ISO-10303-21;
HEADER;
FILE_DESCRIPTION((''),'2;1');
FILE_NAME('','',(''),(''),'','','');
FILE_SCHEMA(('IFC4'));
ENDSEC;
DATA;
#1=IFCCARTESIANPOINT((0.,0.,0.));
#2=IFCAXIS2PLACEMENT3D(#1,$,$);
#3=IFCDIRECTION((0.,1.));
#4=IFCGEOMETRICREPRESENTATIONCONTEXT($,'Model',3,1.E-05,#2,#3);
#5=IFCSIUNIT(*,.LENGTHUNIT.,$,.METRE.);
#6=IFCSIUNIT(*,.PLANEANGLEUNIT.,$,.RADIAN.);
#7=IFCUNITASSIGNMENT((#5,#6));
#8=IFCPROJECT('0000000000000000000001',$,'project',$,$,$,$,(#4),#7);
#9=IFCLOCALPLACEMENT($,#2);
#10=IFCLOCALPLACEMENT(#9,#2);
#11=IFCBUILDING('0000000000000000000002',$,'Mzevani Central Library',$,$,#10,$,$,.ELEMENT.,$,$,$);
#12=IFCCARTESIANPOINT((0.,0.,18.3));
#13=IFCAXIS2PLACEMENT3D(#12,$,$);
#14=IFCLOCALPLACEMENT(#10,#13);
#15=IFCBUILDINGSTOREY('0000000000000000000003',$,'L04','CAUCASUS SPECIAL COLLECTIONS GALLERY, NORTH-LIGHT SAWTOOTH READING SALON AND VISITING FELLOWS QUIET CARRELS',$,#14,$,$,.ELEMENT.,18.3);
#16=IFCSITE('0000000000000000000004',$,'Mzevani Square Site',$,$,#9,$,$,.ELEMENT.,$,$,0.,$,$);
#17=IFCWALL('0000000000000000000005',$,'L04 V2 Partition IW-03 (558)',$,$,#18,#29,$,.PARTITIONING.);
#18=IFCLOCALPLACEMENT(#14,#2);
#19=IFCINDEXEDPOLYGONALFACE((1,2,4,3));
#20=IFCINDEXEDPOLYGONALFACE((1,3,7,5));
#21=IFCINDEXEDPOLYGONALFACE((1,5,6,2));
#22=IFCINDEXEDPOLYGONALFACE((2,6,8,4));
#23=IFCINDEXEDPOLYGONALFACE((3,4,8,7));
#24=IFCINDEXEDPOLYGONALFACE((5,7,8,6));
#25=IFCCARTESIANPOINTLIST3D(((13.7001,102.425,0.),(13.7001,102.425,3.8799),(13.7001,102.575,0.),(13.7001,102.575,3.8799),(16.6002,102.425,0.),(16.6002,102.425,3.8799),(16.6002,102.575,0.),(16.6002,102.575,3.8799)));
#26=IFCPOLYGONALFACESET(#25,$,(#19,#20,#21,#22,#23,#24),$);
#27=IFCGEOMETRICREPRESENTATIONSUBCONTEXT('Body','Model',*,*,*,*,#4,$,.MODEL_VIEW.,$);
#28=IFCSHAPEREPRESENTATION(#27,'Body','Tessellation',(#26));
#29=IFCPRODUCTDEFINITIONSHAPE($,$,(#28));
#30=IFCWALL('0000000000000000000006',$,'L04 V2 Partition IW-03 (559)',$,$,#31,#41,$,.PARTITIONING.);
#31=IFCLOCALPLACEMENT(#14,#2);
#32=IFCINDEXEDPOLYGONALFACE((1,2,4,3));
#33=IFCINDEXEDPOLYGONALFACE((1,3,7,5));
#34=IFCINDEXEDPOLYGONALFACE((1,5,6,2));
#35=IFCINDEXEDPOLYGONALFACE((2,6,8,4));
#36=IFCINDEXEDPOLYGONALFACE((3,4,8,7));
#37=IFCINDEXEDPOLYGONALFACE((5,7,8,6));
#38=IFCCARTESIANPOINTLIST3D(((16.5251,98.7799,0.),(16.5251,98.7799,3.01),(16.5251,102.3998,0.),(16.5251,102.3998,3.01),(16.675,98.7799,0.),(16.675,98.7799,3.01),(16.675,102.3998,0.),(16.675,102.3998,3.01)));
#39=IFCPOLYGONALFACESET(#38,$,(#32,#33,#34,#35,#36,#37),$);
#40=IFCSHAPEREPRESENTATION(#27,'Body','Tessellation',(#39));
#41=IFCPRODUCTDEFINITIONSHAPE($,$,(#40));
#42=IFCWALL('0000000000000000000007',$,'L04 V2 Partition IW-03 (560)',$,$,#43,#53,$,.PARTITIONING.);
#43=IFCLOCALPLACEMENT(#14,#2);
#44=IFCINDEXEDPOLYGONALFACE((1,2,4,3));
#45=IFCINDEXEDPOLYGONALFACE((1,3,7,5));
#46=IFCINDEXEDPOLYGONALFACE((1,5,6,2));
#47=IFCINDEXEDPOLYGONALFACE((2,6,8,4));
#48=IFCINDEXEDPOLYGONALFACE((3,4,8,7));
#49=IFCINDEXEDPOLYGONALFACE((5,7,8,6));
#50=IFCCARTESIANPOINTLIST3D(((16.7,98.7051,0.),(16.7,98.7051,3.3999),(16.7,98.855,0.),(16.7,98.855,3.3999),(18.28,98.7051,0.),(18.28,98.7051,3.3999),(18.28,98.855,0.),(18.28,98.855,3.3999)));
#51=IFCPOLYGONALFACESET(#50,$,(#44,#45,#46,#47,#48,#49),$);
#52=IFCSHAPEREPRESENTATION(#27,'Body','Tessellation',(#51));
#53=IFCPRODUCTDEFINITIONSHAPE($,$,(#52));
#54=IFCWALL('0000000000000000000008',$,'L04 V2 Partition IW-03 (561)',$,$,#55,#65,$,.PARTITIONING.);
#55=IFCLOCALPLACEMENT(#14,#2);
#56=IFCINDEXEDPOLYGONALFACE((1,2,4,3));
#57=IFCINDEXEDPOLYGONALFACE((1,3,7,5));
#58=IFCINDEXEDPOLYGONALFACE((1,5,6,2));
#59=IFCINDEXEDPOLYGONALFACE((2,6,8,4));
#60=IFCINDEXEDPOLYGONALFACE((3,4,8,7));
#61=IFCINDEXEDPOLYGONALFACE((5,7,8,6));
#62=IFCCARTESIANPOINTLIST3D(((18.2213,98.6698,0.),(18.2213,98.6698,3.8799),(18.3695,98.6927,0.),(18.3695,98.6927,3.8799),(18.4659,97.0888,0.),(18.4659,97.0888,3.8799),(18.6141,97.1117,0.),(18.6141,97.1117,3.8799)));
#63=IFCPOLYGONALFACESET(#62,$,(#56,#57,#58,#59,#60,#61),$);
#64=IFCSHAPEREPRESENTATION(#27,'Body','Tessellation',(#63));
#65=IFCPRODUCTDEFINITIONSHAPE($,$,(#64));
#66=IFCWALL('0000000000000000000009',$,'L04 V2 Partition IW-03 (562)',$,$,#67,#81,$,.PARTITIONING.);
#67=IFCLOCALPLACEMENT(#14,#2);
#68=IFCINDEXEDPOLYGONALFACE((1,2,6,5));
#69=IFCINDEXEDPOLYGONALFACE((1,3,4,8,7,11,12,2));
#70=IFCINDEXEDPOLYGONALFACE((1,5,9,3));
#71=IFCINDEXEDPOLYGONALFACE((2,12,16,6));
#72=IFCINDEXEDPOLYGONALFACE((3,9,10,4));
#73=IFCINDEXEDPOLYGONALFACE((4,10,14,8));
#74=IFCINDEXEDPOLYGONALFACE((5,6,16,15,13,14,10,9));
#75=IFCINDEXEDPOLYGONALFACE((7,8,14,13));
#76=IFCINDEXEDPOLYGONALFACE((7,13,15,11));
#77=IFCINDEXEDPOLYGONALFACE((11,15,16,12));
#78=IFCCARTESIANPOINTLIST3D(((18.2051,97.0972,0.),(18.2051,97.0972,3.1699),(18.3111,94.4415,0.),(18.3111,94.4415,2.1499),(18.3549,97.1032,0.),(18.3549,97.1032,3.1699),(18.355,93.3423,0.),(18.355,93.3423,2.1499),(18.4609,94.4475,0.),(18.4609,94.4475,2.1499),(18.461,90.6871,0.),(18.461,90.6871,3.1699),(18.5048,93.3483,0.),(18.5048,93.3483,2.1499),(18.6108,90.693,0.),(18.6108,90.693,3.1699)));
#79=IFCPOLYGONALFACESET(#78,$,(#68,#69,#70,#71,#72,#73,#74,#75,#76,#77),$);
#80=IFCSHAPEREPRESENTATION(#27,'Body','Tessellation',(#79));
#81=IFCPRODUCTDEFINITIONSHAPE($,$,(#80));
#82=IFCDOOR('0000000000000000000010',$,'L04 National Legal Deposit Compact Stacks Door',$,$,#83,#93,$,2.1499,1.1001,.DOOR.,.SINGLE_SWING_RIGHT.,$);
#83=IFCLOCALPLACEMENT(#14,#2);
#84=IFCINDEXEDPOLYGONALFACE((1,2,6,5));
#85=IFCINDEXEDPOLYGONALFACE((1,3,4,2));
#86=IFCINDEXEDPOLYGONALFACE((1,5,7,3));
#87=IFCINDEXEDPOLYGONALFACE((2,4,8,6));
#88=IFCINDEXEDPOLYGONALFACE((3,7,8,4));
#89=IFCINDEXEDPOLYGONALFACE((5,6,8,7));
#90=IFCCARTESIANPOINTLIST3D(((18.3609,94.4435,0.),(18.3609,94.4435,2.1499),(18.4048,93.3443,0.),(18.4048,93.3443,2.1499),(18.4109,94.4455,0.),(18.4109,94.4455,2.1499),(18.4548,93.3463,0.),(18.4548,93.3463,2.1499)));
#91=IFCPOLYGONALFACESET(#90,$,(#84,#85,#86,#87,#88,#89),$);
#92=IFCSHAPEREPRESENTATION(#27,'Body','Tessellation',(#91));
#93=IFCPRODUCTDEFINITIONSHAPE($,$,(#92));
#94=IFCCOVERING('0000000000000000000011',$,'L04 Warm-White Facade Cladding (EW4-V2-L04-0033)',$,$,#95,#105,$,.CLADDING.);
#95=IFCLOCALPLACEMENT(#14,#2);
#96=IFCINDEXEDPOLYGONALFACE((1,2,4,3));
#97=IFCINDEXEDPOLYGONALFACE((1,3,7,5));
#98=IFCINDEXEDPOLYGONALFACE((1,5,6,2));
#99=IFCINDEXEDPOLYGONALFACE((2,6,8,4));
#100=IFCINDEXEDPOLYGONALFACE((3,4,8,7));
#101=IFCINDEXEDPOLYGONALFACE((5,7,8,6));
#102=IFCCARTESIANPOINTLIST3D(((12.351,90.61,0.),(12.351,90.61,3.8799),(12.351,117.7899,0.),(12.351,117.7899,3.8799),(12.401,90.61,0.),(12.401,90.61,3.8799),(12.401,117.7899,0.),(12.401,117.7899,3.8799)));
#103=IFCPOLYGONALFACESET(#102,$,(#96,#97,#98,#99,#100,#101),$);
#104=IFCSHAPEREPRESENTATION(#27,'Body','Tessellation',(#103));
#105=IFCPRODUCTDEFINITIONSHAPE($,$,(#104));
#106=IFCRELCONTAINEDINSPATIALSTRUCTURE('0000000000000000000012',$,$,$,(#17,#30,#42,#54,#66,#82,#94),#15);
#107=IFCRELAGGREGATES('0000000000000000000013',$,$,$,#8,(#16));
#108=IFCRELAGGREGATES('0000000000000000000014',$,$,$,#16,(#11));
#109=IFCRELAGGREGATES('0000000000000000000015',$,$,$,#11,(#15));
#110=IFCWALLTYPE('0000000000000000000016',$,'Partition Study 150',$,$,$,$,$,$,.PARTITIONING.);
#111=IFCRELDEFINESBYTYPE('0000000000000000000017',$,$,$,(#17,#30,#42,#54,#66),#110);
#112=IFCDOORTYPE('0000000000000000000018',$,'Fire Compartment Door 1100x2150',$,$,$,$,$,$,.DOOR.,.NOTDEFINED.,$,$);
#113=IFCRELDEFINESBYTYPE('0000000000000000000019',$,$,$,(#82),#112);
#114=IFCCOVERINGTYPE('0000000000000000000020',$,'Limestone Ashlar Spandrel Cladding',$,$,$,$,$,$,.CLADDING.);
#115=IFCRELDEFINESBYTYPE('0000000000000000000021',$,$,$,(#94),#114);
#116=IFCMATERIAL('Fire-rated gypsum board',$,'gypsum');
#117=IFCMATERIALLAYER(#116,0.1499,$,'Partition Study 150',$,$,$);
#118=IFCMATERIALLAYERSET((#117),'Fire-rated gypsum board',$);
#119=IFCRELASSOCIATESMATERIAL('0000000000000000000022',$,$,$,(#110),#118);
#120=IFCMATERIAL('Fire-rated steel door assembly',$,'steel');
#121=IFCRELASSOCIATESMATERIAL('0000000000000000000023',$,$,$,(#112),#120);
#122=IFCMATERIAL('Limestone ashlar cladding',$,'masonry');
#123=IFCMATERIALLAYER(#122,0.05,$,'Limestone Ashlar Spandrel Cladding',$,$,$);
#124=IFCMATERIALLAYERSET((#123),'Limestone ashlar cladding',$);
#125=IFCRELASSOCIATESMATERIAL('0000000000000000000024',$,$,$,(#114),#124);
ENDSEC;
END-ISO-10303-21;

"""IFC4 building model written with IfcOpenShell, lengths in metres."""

from ifc_helpers import new_model, si_unit, direction, frame, frame_2d, origin, origin_2d, place, context, subcontext, project, spatial, rectangle, extrude, material, layer, layer_set, type_object, element, fill, save


model = new_model("IFC4")

# Units and contexts
model_context = context("Model", 3, precision=1e-05, world=origin(), true_north=direction((0.0, 1.0)))
body_context = subcontext(model_context, "Body", "Model", "MODEL_VIEW")
ifc_project = project(units=[si_unit("LENGTHUNIT", "METRE"), si_unit("PLANEANGLEUNIT", "RADIAN")], contexts=[model_context])

# Site, building, storey
site_placement = place(None, origin())
site = spatial("IfcSite", under=ifc_project, at=site_placement, Name="Mzevani Square Site", CompositionType="ELEMENT", RefElevation=0.0)
building_placement = place(site_placement, origin())
building = spatial("IfcBuilding", under=site, at=building_placement, Name="Mzevani Central Library", CompositionType="ELEMENT")
storey_placement = place(building_placement, frame((0.0, 0.0, 18.3)))
storey = spatial("IfcBuildingStorey", under=building, at=storey_placement, Name="L04", Description="CAUCASUS SPECIAL COLLECTIONS GALLERY, NORTH-LIGHT SAWTOOTH READING SALON AND VISITING FELLOWS QUIET CARRELS", CompositionType="ELEMENT", Elevation=18.3)

# Shared definitions
ifc_material_1 = material(Name="Fire-rated steel door assembly", Category="steel")

# Shared definitions
ifc_material_2 = material(Name="Fire-rated gypsum board", Category="gypsum")

# Walls
ifc_layer_1 = layer(ifc_material_2, 0.1499, Name="Partition Study 150")
ifc_layer_set_1 = layer_set([ifc_layer_1], Name="Fire-rated gypsum board")
wall_type_1 = type_object("IfcWallType", Name="Partition Study 150", PredefinedType="PARTITIONING", material=ifc_layer_set_1)
wall_1_placement = place(storey_placement, frame((13.7, 102.5, 0.0), z_axis=(0.0, 0.0, 1.0), x_axis=(1.0, 0.0, 0.0)))
element("IfcWall", 1, at=wall_1_placement, inside=storey, type_object=wall_type_1, Name="L04 V2 Partition IW-03 (558)", PredefinedType="PARTITIONING", context=body_context, shape_type="SweptSolid", body=[
    extrude(rectangle(XDim=2.9001, YDim=0.1499, at=frame_2d((1.4502, 0.0))), origin(), (0.0, 0.0, 1.0), 3.8799),
])
wall_2_placement = place(storey_placement, frame((16.6001, 102.3999, 0.0), z_axis=(0.0, 0.0, 1.0), x_axis=(0.0, -1.0, 0.0)))
element("IfcWall", 2, at=wall_2_placement, inside=storey, type_object=wall_type_1, Name="L04 V2 Partition IW-03 (559)", PredefinedType="PARTITIONING", context=body_context, shape_type="SweptSolid", body=[
    extrude(rectangle(XDim=3.6199, YDim=0.1499, at=frame_2d((1.8101, 0.0))), origin(), (0.0, 0.0, 1.0), 3.01),
])
wall_3_placement = place(storey_placement, frame((16.7, 98.78, 0.0), z_axis=(0.0, 0.0, 1.0), x_axis=(1.0, 0.0, 0.0)))
element("IfcWall", 3, at=wall_3_placement, inside=storey, type_object=wall_type_1, Name="L04 V2 Partition IW-03 (560)", PredefinedType="PARTITIONING", context=body_context, shape_type="SweptSolid", body=[
    extrude(rectangle(XDim=1.5801, YDim=0.1499, at=frame_2d((0.79, 0.0))), origin(), (0.0, 0.0, 1.0), 3.3999),
])
wall_4_placement = place(storey_placement, frame((18.2954, 98.6812, 0.0), z_axis=(0.0, 0.0, 1.0), x_axis=(0.152906, -0.988241, 0.0)))
element("IfcWall", 4, at=wall_4_placement, inside=storey, type_object=wall_type_1, Name="L04 V2 Partition IW-03 (561)", PredefinedType="PARTITIONING", context=body_context, shape_type="SweptSolid", body=[
    extrude(rectangle(XDim=1.5999, YDim=0.1499, at=frame_2d((0.7998, 0.0))), origin(), (0.0, 0.0, 1.0), 3.8799),
])

# Wall, opening, door
wall_5_placement = place(storey_placement, frame((18.28, 97.1001, 0.0), z_axis=(0.0, 0.0, 1.0), x_axis=(0.039883, -0.999204, 0.0)))
wall_5 = element("IfcWall", 5, at=wall_5_placement, inside=storey, type_object=wall_type_1, Name="L04 V2 Partition IW-03 (562)", PredefinedType="PARTITIONING", context=body_context, shape_type="SweptSolid", body=[
    extrude(rectangle(XDim=6.4153, YDim=0.1499, at=frame_2d((3.2075, 0.0))), origin(), (0.0, 0.0, 1.0), 3.1699),
])
opening_1_placement = place(wall_5_placement, frame((2.6577, 0.0, 0.0)))
opening_1 = element("IfcOpeningElement", 6, at=opening_1_placement, cuts=wall_5, PredefinedType="OPENING", context=body_context, shape_type="SweptSolid", body=[
    extrude(rectangle(XDim=1.1001, YDim=2.1499, at=frame_2d((0.55, 1.075))), frame((0.0, 0.085, 0.0), z_axis=(0.0, -1.0, 0.0), x_axis=(1.0, 0.0, 0.0)), (0.0, 0.0, 1.0), 0.1699),
])
door_type_1 = type_object("IfcDoorType", Name="Fire Compartment Door 1100x2150", OperationType="NOTDEFINED", PredefinedType="DOOR", material=ifc_material_1)
door_1_placement = place(opening_1_placement, origin())
door_1 = element("IfcDoor", 7, at=door_1_placement, inside=storey, type_object=door_type_1, Name="L04 National Legal Deposit Compact Stacks Door", OperationType="SINGLE_SWING_RIGHT", OverallHeight=2.1499, OverallWidth=1.1001, PredefinedType="DOOR", context=body_context, shape_type="SweptSolid", body=[
    extrude(rectangle(XDim=1.1001, YDim=2.1499, at=frame_2d((0.55, 1.075))), frame((0.0, 0.0249, 0.0), z_axis=(0.0, -1.0, 0.0), x_axis=(1.0, 0.0, 0.0)), (0.0, 0.0, 1.0), 0.05),
])
fill(opening_1, door_1)

# Covering
ifc_material_3 = material(Name="Limestone ashlar cladding", Category="masonry")
ifc_layer_2 = layer(ifc_material_3, 0.05, Name="Limestone Ashlar Spandrel Cladding")
ifc_layer_set_2 = layer_set([ifc_layer_2], Name="Limestone ashlar cladding")
covering_type = type_object("IfcCoveringType", Name="Limestone Ashlar Spandrel Cladding", PredefinedType="CLADDING", material=ifc_layer_set_2)
covering_placement = place(storey_placement, frame((12.376, 104.2, 0.0), z_axis=(0.0, 0.0, 1.0), x_axis=(0.0, 1.0, 0.0)))
element("IfcCovering", 8, at=covering_placement, inside=storey, type_object=covering_type, Name="L04 Warm-White Facade Cladding (EW4-V2-L04-0033)", PredefinedType="CLADDING", context=body_context, shape_type="SweptSolid", body=[
    extrude(rectangle(XDim=27.1799, YDim=0.05, at=origin_2d()), origin(), (0.0, 0.0, 1.0), 3.8799),
])

save(model, "model.ifc")
